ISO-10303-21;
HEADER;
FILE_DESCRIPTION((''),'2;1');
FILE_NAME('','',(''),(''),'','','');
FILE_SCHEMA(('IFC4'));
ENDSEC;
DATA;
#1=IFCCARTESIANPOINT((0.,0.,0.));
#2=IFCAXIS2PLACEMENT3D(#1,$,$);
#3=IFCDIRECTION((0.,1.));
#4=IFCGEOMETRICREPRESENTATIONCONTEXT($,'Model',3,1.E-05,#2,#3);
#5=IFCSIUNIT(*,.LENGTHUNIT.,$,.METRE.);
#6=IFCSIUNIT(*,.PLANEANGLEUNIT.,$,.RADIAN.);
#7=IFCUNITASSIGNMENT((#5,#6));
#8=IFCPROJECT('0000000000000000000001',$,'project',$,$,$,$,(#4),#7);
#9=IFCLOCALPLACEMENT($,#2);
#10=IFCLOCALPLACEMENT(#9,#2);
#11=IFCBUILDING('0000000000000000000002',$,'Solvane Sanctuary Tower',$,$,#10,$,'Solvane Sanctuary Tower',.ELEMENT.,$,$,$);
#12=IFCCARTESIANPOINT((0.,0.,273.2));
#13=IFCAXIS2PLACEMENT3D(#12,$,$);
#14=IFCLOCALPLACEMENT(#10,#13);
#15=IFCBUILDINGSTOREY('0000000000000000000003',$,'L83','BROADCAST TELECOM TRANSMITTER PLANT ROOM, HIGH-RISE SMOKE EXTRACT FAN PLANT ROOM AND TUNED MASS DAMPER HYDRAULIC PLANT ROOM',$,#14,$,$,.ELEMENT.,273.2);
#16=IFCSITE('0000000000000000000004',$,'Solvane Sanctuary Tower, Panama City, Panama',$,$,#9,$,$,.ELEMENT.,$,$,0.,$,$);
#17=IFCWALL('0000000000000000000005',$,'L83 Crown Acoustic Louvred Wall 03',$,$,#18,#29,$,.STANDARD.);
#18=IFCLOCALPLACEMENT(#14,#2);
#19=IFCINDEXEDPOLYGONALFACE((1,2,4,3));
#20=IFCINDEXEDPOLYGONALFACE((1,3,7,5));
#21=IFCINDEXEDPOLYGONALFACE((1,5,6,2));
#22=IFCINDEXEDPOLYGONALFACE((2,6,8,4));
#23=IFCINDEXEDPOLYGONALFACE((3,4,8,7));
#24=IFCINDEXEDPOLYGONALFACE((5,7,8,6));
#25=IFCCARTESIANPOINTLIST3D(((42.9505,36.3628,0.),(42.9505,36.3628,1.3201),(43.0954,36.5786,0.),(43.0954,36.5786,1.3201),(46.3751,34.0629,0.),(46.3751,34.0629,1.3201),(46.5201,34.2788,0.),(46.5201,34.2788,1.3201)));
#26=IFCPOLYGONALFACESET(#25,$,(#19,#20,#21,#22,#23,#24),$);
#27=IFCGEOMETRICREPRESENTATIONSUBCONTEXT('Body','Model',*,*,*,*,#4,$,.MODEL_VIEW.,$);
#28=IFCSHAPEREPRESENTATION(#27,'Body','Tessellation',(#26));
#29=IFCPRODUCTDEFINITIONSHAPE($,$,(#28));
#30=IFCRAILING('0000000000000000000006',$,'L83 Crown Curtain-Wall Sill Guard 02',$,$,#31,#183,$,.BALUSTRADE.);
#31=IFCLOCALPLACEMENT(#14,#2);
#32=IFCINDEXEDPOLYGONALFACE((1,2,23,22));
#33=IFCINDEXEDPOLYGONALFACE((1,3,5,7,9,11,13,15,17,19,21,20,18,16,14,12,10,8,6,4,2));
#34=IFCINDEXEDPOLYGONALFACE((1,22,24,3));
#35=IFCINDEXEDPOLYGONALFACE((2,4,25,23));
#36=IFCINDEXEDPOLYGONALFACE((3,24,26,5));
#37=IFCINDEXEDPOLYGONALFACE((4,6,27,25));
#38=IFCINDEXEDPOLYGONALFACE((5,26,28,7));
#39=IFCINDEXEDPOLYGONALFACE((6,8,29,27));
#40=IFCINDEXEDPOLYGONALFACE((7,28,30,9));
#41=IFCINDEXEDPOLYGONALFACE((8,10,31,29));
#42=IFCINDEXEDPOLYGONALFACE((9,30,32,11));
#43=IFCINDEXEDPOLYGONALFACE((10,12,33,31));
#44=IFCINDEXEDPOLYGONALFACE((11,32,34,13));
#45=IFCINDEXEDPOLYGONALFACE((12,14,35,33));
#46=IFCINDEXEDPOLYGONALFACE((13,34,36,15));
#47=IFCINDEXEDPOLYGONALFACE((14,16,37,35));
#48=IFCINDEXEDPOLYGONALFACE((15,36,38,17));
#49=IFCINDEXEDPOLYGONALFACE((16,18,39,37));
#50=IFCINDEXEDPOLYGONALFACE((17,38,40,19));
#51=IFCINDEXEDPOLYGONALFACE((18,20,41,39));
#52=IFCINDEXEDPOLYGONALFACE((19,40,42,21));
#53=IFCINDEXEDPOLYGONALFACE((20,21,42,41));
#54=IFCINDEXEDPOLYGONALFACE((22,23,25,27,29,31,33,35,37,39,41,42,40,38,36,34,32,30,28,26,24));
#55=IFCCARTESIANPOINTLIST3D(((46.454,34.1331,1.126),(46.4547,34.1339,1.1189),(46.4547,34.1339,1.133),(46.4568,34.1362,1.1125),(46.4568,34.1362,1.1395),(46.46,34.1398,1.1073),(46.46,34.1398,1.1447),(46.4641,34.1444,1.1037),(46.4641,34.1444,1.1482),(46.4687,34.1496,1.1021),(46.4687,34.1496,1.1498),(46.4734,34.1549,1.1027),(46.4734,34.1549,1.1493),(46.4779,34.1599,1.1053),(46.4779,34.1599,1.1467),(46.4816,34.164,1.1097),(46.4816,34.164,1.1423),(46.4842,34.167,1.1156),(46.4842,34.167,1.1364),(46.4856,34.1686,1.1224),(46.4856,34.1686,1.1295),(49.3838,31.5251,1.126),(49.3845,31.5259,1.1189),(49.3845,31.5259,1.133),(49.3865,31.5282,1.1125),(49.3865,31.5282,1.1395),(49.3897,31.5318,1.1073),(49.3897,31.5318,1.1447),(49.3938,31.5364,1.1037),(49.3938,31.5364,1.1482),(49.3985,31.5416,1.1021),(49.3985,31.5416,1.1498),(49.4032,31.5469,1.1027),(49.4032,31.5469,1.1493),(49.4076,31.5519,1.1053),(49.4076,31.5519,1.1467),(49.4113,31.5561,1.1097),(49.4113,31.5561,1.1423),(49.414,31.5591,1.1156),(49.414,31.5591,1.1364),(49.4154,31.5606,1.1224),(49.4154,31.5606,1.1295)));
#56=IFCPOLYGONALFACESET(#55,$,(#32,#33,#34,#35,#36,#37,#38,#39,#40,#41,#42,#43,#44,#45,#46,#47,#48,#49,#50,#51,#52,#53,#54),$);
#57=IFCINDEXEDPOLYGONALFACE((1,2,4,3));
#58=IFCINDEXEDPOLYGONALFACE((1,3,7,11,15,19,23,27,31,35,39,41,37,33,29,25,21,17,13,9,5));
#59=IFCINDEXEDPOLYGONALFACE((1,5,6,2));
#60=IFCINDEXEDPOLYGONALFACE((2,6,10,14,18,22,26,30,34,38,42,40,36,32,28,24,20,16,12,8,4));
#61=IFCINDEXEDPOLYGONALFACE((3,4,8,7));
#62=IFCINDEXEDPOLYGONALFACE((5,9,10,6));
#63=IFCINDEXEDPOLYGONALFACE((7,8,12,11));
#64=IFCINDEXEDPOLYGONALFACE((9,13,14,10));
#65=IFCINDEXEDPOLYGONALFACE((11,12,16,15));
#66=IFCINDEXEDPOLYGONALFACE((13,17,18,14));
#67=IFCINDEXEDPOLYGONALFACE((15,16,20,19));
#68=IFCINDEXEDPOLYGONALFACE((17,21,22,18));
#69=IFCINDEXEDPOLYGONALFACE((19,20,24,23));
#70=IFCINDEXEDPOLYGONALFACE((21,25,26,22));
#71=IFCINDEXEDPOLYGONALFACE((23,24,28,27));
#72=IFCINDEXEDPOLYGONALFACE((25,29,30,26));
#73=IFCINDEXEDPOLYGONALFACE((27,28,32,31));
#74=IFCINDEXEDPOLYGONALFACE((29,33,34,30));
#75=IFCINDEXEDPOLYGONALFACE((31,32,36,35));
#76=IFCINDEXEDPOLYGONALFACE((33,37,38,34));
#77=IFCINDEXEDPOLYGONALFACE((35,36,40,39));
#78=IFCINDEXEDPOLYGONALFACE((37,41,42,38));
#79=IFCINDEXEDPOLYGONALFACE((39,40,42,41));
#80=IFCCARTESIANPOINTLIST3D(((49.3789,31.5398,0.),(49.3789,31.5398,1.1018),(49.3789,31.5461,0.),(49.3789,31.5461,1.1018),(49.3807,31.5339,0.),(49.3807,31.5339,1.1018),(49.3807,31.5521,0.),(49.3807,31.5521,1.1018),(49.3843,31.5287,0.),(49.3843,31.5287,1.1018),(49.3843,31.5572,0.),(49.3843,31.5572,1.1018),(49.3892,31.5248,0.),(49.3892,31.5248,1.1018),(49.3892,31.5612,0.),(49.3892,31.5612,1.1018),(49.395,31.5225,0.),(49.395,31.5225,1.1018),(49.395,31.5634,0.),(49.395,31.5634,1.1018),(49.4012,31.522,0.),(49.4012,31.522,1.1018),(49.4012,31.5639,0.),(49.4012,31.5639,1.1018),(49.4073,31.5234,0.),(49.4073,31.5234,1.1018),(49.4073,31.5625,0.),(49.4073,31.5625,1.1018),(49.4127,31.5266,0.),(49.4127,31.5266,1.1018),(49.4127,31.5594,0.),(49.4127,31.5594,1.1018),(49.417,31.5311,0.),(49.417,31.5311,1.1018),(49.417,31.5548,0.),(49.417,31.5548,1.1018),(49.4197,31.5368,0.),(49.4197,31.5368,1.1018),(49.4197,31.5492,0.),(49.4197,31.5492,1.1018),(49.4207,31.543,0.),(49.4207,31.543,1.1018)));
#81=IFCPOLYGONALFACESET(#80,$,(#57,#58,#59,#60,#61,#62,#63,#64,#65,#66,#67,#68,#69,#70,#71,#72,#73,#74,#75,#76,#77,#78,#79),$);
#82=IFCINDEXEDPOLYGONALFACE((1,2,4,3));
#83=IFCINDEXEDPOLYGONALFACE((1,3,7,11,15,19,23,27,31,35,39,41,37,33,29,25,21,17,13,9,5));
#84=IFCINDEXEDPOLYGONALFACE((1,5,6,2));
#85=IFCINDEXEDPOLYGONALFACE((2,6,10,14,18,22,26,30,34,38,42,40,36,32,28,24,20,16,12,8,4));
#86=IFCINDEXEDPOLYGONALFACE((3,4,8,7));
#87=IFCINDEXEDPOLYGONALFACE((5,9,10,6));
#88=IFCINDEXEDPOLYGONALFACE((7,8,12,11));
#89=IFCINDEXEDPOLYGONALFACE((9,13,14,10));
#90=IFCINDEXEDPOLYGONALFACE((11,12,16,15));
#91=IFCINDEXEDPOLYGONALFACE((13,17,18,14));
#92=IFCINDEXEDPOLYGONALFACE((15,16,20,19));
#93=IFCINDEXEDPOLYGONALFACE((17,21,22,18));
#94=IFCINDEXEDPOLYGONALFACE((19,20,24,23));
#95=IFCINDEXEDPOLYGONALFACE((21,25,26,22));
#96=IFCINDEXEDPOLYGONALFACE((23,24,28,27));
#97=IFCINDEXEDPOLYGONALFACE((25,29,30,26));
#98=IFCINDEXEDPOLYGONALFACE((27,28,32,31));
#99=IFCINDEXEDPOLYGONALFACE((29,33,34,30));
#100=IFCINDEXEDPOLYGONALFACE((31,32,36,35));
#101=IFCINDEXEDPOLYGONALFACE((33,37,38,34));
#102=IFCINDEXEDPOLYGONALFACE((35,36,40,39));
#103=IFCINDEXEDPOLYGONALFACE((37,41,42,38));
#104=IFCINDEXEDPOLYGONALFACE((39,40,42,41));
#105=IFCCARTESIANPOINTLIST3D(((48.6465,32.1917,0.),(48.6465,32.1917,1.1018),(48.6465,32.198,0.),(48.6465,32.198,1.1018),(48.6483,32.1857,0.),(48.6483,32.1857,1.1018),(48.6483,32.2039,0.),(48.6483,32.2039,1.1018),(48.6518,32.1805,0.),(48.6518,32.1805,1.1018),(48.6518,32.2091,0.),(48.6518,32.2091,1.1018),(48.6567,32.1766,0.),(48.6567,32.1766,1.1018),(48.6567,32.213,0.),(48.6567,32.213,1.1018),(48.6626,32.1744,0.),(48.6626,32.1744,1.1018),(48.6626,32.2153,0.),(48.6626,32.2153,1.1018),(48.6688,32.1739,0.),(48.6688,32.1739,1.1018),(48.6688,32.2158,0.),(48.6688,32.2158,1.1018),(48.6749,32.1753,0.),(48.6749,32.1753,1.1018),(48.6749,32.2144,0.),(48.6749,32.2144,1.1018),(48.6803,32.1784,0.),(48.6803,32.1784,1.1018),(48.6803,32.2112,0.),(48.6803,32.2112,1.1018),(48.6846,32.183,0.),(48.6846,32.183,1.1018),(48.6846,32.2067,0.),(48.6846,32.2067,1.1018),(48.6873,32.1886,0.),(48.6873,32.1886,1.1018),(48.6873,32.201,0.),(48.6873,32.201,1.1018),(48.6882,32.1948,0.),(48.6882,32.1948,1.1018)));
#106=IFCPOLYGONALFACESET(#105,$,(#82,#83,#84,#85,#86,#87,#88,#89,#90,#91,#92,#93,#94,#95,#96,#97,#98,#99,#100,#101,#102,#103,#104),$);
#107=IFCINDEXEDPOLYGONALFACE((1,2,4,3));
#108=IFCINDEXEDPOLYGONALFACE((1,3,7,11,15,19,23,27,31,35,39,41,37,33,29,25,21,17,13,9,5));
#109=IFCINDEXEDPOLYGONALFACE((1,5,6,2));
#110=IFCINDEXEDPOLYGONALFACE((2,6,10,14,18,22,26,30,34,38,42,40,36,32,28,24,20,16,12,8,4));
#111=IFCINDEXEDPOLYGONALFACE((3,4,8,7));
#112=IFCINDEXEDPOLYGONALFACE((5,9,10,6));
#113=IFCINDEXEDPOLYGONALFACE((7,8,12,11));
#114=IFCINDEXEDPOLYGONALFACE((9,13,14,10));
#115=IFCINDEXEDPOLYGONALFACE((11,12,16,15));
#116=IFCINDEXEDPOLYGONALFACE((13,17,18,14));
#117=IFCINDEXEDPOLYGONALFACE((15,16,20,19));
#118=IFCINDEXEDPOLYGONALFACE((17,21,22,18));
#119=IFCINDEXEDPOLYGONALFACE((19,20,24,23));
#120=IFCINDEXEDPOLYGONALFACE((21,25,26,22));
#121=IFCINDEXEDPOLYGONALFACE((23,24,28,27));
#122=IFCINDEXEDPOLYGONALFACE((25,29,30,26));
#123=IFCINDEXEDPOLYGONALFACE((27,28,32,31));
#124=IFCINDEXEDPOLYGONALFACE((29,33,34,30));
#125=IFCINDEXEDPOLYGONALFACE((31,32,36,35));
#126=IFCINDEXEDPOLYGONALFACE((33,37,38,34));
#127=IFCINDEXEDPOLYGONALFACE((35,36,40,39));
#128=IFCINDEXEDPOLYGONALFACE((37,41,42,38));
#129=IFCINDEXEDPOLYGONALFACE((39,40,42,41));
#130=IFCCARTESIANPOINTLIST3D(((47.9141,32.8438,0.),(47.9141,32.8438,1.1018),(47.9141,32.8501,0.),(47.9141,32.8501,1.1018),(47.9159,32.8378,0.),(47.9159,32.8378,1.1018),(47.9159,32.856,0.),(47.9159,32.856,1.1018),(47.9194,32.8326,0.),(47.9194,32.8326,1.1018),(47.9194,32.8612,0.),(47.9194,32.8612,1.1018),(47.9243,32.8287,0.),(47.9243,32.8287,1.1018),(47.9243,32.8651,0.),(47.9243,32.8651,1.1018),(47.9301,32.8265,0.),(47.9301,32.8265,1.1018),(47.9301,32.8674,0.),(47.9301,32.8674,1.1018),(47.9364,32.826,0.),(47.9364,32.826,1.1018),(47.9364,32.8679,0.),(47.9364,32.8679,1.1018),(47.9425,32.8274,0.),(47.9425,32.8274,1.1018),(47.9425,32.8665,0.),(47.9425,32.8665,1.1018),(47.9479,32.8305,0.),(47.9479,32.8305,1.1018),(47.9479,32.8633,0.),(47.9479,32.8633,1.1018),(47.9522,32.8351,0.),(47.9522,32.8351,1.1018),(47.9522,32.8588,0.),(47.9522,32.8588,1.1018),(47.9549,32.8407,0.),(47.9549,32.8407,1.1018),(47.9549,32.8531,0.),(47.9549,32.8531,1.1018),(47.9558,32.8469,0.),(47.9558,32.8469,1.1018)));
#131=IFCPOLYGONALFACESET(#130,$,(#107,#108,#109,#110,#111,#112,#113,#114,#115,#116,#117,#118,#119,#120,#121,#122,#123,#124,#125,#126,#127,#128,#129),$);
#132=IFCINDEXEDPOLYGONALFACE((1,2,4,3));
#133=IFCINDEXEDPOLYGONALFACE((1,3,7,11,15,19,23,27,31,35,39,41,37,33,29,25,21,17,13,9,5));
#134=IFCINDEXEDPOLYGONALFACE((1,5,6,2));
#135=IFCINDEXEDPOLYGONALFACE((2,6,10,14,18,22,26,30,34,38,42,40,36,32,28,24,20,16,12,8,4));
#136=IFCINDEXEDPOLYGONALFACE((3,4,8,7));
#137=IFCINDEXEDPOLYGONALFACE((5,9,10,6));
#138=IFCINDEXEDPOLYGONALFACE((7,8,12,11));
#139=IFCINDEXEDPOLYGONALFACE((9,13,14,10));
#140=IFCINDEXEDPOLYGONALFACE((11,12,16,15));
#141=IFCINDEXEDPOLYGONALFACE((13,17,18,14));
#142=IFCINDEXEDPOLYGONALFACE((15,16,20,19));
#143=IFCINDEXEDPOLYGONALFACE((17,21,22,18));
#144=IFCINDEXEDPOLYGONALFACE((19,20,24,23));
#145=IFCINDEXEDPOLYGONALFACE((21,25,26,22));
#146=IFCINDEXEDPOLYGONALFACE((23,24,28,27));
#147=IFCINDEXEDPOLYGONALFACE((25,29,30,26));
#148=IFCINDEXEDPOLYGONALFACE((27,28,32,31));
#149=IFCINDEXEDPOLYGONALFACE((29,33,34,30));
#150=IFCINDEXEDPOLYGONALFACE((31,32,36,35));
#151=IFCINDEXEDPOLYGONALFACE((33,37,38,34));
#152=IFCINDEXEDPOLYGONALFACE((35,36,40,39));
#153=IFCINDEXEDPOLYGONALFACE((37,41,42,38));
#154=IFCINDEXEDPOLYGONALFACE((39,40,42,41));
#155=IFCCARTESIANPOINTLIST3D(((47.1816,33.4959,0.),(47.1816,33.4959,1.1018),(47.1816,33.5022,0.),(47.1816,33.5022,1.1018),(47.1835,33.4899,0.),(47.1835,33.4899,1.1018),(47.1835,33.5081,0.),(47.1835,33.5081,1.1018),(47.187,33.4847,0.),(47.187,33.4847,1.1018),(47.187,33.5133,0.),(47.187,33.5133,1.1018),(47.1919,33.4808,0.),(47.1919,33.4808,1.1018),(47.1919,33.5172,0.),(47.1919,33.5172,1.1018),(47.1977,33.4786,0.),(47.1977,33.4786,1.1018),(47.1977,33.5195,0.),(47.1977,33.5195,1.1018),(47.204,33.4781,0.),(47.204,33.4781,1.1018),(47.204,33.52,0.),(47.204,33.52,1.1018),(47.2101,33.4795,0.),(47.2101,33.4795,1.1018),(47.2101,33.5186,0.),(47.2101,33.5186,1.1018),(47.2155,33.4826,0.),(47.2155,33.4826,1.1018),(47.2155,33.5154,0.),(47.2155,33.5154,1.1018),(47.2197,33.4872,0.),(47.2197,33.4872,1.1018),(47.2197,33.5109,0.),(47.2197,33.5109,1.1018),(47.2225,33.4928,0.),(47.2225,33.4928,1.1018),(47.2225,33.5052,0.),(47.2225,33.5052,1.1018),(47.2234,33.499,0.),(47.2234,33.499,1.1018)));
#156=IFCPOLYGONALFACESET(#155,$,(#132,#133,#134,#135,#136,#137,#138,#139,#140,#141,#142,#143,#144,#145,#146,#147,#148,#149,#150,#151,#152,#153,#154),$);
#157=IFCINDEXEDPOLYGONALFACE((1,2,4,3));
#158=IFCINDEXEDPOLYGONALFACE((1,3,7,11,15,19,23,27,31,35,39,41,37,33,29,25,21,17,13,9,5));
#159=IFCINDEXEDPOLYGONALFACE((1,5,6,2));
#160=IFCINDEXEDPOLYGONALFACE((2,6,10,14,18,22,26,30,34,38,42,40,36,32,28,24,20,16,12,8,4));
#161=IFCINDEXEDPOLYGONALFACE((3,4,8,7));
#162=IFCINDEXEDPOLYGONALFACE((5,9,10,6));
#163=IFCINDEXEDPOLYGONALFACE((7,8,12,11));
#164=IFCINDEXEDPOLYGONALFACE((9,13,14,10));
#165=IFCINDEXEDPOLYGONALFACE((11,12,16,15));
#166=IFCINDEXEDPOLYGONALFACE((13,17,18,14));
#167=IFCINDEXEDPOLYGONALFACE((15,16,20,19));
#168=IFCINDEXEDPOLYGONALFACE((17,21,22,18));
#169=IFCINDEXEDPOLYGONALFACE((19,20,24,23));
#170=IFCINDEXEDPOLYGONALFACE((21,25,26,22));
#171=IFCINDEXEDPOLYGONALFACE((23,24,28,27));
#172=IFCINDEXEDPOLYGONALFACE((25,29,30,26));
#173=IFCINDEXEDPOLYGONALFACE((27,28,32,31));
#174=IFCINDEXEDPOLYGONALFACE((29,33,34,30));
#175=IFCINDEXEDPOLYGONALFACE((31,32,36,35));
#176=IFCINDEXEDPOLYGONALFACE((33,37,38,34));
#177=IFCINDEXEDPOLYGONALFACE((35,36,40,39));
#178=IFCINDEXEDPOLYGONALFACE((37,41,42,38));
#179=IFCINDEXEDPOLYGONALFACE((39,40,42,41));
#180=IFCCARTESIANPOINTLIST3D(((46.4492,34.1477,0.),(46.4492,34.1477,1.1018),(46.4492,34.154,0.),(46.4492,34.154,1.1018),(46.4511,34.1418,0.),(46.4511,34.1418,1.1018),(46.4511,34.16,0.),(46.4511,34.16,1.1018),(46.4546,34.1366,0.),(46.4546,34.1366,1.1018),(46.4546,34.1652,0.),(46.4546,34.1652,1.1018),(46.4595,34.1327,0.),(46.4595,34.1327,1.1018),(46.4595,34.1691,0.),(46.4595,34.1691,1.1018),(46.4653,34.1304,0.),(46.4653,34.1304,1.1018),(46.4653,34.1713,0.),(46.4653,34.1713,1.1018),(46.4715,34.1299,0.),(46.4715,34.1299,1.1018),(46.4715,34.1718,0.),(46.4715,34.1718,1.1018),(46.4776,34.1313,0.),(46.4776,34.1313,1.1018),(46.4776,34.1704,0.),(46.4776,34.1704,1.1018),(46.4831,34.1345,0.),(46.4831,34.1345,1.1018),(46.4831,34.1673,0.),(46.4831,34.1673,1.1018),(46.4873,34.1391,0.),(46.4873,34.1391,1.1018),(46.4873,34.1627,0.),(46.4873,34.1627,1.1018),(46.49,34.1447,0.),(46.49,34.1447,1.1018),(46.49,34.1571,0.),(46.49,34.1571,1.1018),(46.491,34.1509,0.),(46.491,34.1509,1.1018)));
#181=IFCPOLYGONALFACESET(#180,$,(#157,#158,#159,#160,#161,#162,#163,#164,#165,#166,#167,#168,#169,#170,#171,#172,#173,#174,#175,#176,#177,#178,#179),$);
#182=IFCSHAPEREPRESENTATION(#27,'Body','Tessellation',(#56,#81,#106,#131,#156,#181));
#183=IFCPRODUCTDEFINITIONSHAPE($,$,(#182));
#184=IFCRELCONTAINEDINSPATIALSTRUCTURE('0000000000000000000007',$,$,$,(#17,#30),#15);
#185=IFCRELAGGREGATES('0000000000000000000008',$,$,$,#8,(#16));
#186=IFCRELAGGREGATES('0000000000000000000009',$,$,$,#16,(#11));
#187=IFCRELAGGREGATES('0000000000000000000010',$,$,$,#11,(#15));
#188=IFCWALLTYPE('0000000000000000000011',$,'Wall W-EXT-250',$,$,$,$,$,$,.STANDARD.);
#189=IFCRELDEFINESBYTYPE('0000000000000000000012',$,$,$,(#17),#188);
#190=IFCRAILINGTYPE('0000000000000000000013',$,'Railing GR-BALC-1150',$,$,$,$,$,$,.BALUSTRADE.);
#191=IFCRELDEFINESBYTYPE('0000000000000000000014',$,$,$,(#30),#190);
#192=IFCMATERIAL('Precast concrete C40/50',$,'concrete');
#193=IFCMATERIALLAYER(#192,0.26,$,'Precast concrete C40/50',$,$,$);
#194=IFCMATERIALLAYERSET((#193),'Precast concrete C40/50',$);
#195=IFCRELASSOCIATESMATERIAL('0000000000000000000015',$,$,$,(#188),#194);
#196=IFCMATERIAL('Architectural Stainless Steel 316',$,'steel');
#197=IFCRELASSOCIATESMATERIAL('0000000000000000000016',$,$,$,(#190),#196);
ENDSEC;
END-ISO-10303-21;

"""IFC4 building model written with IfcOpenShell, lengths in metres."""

from ifc_helpers import new_model, si_unit, direction, frame, frame_2d, origin, origin_2d, place, context, subcontext, project, spatial, rectangle, circle, extrude, material, layer, layer_set, type_object, element, save


model = new_model("IFC4")

# Units and contexts
model_context = context("Model", 3, precision=1e-05, world=origin(), true_north=direction((0.0, 1.0)))
body_context = subcontext(model_context, "Body", "Model", "MODEL_VIEW")
ifc_project = project(units=[si_unit("LENGTHUNIT", "METRE"), si_unit("PLANEANGLEUNIT", "RADIAN")], contexts=[model_context])

# Site, building, storey
site_placement = place(None, origin())
site = spatial("IfcSite", under=ifc_project, at=site_placement, Name="Solvane Sanctuary Tower, Panama City, Panama", CompositionType="ELEMENT", RefElevation=0.0)
building_placement = place(site_placement, origin())
building = spatial("IfcBuilding", under=site, at=building_placement, Name="Solvane Sanctuary Tower", LongName="Solvane Sanctuary Tower", CompositionType="ELEMENT")
storey_placement = place(building_placement, frame((0.0, 0.0, 273.2)))
storey = spatial("IfcBuildingStorey", under=building, at=storey_placement, Name="L83", Description="BROADCAST TELECOM TRANSMITTER PLANT ROOM, HIGH-RISE SMOKE EXTRACT FAN PLANT ROOM AND TUNED MASS DAMPER HYDRAULIC PLANT ROOM", CompositionType="ELEMENT", Elevation=273.2)

# Wall
ifc_material_1 = material(Name="Precast concrete C40/50", Category="concrete")
ifc_layer_1 = layer(ifc_material_1, 0.26, Name="Precast concrete C40/50")
ifc_layer_set_1 = layer_set([ifc_layer_1], Name="Precast concrete C40/50")
wall_type_1 = type_object("IfcWallType", Name="Wall W-EXT-250", PredefinedType="STANDARD", material=ifc_layer_set_1)
wall_1_placement = place(storey_placement, frame((46.4475, 34.1709, 0.0), z_axis=(0.0, 0.0, 1.0), x_axis=(-0.83017, 0.557511, 0.0)))
element("IfcWall", 1, at=wall_1_placement, inside=storey, type_object=wall_type_1, Name="L83 Crown Acoustic Louvred Wall 03", PredefinedType="STANDARD", context=body_context, shape_type="SweptSolid", body=[
    extrude(rectangle(XDim=4.1252, YDim=0.26, at=frame_2d((2.0625, 0.0))), origin(), (0.0, 0.0, 1.0), 1.3201),
])

# Railing
ifc_material_2 = material(Name="Architectural Stainless Steel 316", Category="steel")
railing_type = type_object("IfcRailingType", Name="Railing GR-BALC-1150", PredefinedType="BALUSTRADE", material=ifc_material_2)
railing_1_placement = place(storey_placement, frame((49.3997, 31.543, 0.0)))
element("IfcRailing", 2, at=railing_1_placement, inside=storey, type_object=railing_type, Name="L83 Crown Curtain-Wall Sill Guard 02", PredefinedType="BALUSTRADE", context=body_context, shape_type="SweptSolid", body=[
    extrude(circle(Radius=0.0239, at=origin_2d()), frame((0.0, 0.0, 1.126), z_axis=(-0.746935, 0.664897, 0.0), x_axis=(-0.664897, -0.746935, 0.0)), (0.0, 0.0, 1.0), 3.9224),
    extrude(circle(Radius=0.021, at=origin_2d()), origin(), (0.0, 0.0, 1.0), 1.1018),
    extrude(circle(Radius=0.021, at=origin_2d()), frame((-0.7324, 0.6519, 0.0)), (0.0, 0.0, 1.0), 1.1018),
    extrude(circle(Radius=0.021, at=origin_2d()), frame((-1.4648, 1.304, 0.0)), (0.0, 0.0, 1.0), 1.1018),
    extrude(circle(Radius=0.021, at=origin_2d()), frame((-2.1973, 1.9561, 0.0)), (0.0, 0.0, 1.0), 1.1018),
    extrude(circle(Radius=0.021, at=origin_2d()), frame((-2.9297, 2.6079, 0.0)), (0.0, 0.0, 1.0), 1.1018),
])

save(model, "model.ifc")
